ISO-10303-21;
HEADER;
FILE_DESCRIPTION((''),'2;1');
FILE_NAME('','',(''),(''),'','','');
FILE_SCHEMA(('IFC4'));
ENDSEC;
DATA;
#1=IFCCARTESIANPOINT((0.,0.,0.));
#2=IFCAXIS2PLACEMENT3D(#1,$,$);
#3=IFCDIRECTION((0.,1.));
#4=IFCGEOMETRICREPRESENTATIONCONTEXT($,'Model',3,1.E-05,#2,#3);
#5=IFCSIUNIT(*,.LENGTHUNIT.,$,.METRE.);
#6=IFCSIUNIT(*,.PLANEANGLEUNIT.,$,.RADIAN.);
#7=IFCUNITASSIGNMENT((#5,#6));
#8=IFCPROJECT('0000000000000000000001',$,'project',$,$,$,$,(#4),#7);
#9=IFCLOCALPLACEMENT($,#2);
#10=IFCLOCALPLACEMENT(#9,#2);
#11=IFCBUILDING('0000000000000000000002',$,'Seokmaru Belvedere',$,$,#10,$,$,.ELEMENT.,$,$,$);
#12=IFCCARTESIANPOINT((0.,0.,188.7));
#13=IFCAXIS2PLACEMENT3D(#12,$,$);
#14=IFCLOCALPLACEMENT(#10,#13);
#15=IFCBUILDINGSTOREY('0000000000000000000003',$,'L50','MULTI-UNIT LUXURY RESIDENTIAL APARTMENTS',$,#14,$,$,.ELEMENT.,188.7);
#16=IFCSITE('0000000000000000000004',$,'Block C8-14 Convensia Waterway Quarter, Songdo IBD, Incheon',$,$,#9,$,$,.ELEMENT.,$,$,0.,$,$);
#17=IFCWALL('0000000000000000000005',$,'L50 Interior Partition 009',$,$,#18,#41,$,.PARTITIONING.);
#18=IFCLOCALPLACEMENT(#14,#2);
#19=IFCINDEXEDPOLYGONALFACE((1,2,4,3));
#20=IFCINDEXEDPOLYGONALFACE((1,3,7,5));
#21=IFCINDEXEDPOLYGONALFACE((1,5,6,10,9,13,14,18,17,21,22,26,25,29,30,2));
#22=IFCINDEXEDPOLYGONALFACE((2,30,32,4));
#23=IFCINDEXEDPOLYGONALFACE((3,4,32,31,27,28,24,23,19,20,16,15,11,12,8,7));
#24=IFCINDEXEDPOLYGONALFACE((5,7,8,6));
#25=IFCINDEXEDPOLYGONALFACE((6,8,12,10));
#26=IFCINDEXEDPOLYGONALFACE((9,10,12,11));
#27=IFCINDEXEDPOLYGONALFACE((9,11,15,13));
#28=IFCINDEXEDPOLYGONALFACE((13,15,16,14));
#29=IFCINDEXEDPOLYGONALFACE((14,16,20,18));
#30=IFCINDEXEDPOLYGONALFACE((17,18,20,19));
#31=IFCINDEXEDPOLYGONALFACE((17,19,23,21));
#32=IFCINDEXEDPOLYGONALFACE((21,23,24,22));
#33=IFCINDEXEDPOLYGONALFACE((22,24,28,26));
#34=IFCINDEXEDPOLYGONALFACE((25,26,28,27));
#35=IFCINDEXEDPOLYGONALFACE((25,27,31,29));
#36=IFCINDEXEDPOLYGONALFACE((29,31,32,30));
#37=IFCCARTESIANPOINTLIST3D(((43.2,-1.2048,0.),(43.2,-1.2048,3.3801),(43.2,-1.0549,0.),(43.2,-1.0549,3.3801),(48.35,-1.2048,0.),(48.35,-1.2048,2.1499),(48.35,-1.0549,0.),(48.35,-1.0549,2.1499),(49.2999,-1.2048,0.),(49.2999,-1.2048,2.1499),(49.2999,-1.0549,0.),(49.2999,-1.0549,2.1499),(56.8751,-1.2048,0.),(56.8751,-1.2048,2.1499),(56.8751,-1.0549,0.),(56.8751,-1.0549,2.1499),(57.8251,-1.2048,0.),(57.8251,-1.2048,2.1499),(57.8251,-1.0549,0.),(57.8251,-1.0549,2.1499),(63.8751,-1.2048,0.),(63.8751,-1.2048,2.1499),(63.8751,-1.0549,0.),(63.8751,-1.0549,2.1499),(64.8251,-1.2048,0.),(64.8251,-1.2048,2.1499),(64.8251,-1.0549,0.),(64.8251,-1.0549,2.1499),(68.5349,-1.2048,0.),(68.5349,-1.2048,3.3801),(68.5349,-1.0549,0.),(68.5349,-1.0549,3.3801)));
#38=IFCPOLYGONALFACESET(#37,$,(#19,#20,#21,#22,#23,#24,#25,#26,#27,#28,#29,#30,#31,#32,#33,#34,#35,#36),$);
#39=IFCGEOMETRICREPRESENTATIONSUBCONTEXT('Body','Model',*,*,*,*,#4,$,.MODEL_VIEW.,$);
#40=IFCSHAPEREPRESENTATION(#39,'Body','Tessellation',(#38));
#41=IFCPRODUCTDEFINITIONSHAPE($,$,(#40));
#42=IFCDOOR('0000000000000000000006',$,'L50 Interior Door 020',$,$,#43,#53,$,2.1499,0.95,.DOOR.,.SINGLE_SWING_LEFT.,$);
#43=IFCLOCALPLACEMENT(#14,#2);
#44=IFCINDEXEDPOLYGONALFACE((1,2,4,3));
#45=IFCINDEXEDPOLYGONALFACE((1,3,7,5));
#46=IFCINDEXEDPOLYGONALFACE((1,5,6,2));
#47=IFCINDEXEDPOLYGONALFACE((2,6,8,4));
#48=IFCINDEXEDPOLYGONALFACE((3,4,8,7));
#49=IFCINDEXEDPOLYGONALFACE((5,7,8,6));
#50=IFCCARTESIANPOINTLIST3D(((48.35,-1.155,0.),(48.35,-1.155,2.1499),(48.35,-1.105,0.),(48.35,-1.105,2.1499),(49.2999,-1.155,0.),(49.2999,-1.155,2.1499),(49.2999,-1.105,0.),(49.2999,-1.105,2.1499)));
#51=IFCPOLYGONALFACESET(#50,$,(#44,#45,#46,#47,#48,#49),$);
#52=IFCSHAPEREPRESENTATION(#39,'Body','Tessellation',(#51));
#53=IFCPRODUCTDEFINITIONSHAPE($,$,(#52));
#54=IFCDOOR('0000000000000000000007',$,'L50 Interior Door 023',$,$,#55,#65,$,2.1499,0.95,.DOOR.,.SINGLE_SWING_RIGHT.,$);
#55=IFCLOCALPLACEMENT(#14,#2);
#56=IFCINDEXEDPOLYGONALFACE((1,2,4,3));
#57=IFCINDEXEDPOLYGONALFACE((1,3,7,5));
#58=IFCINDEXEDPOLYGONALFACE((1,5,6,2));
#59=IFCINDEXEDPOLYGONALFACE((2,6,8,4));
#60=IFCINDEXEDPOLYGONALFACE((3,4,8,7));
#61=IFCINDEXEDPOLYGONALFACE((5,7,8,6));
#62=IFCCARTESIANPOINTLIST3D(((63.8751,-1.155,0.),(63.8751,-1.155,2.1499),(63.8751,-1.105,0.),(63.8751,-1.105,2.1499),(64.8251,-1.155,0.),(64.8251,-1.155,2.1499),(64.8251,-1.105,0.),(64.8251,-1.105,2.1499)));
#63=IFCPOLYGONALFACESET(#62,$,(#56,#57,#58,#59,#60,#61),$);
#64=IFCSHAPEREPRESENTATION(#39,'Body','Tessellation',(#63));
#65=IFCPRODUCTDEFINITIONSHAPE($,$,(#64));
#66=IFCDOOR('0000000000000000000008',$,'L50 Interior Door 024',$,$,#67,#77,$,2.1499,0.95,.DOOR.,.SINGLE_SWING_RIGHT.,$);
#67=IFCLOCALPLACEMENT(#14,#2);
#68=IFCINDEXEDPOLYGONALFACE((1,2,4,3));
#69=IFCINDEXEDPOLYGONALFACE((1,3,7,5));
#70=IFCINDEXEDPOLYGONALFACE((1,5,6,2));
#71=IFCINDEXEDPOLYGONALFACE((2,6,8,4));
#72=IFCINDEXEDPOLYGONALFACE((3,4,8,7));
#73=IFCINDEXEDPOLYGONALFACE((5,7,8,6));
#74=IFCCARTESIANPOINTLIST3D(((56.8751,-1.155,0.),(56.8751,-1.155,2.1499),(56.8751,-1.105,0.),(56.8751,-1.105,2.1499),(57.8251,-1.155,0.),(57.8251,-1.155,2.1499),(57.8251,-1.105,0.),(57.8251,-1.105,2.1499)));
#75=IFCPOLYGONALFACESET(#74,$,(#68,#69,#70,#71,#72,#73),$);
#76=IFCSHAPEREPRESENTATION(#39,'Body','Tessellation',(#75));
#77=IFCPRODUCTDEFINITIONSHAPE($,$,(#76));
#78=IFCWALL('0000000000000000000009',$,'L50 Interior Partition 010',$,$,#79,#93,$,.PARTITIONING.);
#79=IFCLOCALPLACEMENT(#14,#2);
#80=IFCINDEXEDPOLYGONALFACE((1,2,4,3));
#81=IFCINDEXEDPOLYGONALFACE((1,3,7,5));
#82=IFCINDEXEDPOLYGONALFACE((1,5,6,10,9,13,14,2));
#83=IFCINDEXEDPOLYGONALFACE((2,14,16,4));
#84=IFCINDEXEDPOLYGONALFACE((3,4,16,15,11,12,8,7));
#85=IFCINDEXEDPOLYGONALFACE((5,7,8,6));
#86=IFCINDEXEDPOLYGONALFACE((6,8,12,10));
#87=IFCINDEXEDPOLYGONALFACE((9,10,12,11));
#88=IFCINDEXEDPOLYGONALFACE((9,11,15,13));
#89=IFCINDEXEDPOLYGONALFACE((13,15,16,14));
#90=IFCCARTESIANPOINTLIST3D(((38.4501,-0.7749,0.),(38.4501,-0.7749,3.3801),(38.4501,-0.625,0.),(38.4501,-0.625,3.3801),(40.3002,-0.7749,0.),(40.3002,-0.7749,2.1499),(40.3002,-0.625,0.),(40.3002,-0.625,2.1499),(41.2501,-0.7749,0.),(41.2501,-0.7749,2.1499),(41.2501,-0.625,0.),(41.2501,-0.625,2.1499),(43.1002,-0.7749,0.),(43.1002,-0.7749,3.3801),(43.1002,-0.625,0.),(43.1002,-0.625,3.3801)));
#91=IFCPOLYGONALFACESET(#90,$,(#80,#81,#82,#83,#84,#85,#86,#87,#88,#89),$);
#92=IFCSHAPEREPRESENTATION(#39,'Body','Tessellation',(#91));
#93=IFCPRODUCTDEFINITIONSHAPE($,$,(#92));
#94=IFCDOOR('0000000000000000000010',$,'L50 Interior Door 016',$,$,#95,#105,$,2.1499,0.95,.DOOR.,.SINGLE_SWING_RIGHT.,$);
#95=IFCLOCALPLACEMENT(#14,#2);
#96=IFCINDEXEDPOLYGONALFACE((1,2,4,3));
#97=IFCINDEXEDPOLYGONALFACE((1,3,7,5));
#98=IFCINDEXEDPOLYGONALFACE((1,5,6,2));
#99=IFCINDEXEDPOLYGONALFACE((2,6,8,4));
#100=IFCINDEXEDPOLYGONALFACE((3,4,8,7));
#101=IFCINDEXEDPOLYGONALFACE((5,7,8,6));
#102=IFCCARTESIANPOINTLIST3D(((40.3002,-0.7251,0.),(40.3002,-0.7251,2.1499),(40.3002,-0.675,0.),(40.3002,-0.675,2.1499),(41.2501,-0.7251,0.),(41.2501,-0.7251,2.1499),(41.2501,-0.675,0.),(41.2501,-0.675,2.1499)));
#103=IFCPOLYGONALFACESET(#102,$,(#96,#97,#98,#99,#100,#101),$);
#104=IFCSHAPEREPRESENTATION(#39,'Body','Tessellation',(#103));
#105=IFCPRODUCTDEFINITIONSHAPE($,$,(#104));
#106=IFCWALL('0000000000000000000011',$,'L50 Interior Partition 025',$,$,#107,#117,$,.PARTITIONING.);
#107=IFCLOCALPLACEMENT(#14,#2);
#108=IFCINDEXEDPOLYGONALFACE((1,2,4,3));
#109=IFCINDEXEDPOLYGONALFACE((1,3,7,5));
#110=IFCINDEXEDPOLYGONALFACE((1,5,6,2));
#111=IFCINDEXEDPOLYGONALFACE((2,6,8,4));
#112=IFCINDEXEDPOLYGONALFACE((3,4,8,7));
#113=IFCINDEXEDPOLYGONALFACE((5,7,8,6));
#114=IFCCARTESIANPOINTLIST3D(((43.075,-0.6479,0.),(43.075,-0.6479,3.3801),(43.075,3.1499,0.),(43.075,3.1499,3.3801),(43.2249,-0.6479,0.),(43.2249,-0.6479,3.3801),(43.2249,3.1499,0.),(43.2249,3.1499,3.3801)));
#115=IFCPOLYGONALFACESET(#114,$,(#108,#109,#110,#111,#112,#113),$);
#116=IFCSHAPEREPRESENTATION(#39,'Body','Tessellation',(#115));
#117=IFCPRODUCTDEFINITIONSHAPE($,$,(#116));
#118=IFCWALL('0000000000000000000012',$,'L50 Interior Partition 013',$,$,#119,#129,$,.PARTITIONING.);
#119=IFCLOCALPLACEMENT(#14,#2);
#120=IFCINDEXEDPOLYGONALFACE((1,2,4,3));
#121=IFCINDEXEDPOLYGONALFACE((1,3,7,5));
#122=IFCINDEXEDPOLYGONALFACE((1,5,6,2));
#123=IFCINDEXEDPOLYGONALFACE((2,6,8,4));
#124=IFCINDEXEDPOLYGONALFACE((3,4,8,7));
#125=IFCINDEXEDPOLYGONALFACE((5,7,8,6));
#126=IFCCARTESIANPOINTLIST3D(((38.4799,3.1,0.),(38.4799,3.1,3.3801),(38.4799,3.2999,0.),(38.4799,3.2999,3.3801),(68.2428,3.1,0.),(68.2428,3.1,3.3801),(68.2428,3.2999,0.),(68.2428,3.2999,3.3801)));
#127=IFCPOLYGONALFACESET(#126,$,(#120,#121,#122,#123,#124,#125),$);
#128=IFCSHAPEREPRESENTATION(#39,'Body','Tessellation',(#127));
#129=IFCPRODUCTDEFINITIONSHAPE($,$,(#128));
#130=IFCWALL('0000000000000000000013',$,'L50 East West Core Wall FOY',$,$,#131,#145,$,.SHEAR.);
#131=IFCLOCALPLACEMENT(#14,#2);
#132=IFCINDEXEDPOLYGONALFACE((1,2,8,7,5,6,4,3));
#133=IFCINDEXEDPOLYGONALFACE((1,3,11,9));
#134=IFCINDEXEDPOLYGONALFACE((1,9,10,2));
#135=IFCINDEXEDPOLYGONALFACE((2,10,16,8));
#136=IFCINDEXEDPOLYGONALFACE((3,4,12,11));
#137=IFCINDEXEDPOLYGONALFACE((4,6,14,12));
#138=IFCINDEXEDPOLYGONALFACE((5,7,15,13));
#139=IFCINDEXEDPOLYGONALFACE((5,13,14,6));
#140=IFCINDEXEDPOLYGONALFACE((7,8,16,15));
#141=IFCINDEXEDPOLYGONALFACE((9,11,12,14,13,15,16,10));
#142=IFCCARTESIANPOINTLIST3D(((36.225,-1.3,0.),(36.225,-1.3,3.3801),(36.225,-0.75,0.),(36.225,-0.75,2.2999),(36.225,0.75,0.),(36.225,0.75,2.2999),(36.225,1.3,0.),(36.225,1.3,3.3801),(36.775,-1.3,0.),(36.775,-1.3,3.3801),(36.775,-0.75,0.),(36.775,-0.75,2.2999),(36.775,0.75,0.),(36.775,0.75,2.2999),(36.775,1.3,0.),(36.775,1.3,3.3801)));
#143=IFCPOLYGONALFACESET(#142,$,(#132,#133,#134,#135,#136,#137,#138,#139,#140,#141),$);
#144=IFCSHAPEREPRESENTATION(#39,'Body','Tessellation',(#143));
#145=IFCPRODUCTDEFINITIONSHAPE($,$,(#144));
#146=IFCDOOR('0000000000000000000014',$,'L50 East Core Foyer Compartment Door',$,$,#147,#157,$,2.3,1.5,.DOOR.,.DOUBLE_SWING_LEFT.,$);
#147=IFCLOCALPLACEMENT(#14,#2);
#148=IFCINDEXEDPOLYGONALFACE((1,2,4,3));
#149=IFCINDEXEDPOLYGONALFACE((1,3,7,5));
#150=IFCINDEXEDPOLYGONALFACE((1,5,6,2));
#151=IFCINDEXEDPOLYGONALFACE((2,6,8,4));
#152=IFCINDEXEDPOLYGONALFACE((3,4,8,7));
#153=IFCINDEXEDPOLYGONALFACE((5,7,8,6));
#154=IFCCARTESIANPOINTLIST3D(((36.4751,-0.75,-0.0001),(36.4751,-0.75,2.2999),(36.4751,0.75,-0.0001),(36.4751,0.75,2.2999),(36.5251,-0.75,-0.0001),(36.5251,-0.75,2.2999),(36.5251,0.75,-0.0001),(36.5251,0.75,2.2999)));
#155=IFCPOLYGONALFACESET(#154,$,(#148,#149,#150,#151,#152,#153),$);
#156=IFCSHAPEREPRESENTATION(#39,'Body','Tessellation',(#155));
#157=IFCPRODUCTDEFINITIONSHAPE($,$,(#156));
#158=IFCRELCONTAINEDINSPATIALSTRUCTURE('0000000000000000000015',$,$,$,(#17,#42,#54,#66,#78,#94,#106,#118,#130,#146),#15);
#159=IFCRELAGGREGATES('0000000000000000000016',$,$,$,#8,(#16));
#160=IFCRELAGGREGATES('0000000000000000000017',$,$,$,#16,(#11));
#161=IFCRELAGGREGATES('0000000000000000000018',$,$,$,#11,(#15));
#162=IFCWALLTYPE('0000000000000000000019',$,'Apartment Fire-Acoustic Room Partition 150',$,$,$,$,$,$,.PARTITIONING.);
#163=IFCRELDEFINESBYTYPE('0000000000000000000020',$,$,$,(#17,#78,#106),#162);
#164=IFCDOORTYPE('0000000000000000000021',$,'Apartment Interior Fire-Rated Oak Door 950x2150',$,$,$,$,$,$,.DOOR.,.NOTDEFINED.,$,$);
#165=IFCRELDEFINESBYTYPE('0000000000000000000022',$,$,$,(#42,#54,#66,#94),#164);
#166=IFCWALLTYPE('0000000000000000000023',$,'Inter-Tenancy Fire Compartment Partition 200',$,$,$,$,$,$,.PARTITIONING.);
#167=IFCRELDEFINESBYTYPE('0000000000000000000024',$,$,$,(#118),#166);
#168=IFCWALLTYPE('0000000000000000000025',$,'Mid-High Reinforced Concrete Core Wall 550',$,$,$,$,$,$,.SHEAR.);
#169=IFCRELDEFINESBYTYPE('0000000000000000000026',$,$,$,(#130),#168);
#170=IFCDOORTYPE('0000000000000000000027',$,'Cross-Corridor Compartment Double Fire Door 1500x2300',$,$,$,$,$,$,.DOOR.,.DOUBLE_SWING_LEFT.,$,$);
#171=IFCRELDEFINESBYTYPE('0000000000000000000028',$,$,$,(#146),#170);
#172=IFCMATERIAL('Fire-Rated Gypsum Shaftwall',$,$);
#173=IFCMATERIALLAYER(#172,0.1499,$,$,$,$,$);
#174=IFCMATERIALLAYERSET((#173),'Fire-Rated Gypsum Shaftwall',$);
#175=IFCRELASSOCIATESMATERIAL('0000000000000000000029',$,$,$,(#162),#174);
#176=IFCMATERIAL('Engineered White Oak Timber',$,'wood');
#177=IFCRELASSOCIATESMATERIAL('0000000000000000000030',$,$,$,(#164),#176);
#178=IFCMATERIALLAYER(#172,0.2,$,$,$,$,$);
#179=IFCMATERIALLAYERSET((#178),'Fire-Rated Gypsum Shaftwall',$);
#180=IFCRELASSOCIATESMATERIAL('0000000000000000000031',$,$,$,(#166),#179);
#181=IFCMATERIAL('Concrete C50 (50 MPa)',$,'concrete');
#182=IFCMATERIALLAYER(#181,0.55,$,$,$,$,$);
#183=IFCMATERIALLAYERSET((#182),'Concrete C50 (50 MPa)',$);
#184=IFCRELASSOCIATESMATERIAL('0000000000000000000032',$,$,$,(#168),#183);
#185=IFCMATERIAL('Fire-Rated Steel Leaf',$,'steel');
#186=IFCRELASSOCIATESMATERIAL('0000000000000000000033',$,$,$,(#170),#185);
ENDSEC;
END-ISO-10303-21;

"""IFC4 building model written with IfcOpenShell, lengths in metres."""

from ifc_helpers import new_model, si_unit, direction, frame, frame_2d, origin, place, context, subcontext, project, spatial, rectangle, extrude, source, transform, mapped, material, layer, layer_set, type_object, type_shapes, element, fill, save


model = new_model("IFC4")

# Units and contexts
model_context = context("Model", 3, precision=1e-05, world=origin(), true_north=direction((0.0, 1.0)))
body_context = subcontext(model_context, "Body", "Model", "MODEL_VIEW")
ifc_project = project(units=[si_unit("LENGTHUNIT", "METRE"), si_unit("PLANEANGLEUNIT", "RADIAN")], contexts=[model_context])

# Site, building, storey
site_placement = place(None, origin())
site = spatial("IfcSite", under=ifc_project, at=site_placement, Name="Block C8-14 Convensia Waterway Quarter, Songdo IBD, Incheon", CompositionType="ELEMENT", RefElevation=0.0)
building_placement = place(site_placement, origin())
building = spatial("IfcBuilding", under=site, at=building_placement, Name="Seokmaru Belvedere", CompositionType="ELEMENT")
storey_placement = place(building_placement, frame((0.0, 0.0, 188.7)))
storey = spatial("IfcBuildingStorey", under=building, at=storey_placement, Name="L50", Description="MULTI-UNIT LUXURY RESIDENTIAL APARTMENTS", CompositionType="ELEMENT", Elevation=188.7)

# Wall, openings, doors
ifc_material_1 = material(Name="Fire-Rated Gypsum Shaftwall")
ifc_layer_1 = layer(ifc_material_1, 0.1499)
ifc_layer_set_1 = layer_set([ifc_layer_1], Name="Fire-Rated Gypsum Shaftwall")
wall_type_1 = type_object("IfcWallType", Name="Apartment Fire-Acoustic Room Partition 150", PredefinedType="PARTITIONING", material=ifc_layer_set_1)
wall_1_placement = place(storey_placement, frame((43.2, -1.1299, 0.0), z_axis=(0.0, 0.0, 1.0), x_axis=(1.0, 0.0, 0.0)))
wall_1 = element("IfcWall", 1, at=wall_1_placement, inside=storey, type_object=wall_type_1, Name="L50 Interior Partition 009", PredefinedType="PARTITIONING", context=body_context, shape_type="SweptSolid", body=[
    extrude(rectangle(XDim=25.335, YDim=0.1499, at=frame_2d((12.6675, 0.0))), origin(), (0.0, 0.0, 1.0), 3.3801),
])
opening_1_placement = place(wall_1_placement, frame((5.1499, 0.0, 0.0)))
opening_1 = element("IfcOpeningElement", 2, at=opening_1_placement, cuts=wall_1, PredefinedType="OPENING", context=body_context, shape_type="SweptSolid", body=[
    extrude(rectangle(XDim=0.95, YDim=2.1499, at=frame_2d((0.4751, 1.075))), frame((0.0, 0.085, 0.0), z_axis=(0.0, -1.0, 0.0), x_axis=(1.0, 0.0, 0.0)), (0.0, 0.0, 1.0), 0.1699),
])
opening_2_placement = place(wall_1_placement, frame((20.675, 0.0, 0.0)))
opening_2 = element("IfcOpeningElement", 3, at=opening_2_placement, cuts=wall_1, PredefinedType="OPENING", context=body_context, shape_type="SweptSolid", body=[
    extrude(rectangle(XDim=0.95, YDim=2.1499, at=frame_2d((0.4751, 1.075))), frame((0.0, 0.085, 0.0), z_axis=(0.0, -1.0, 0.0), x_axis=(1.0, 0.0, 0.0)), (0.0, 0.0, 1.0), 0.1699),
])
opening_3_placement = place(wall_1_placement, frame((13.675, 0.0, 0.0)))
opening_3 = element("IfcOpeningElement", 4, at=opening_3_placement, cuts=wall_1, PredefinedType="OPENING", context=body_context, shape_type="SweptSolid", body=[
    extrude(rectangle(XDim=0.95, YDim=2.1499, at=frame_2d((0.4751, 1.075))), frame((0.0, 0.085, 0.0), z_axis=(0.0, -1.0, 0.0), x_axis=(1.0, 0.0, 0.0)), (0.0, 0.0, 1.0), 0.1699),
])
ifc_material_2 = material(Name="Engineered White Oak Timber", Category="wood")
door_type_1 = type_object("IfcDoorType", Name="Apartment Interior Fire-Rated Oak Door 950x2150", OperationType="NOTDEFINED", PredefinedType="DOOR", material=ifc_material_2)
shared_shape_1 = source(origin(), body_context, "Body", "SweptSolid", [
    extrude(rectangle(XDim=0.95, YDim=2.1499, at=frame_2d((0.4751, 1.075))), frame((0.0, 0.0249, 0.0), z_axis=(0.0, -1.0, 0.0), x_axis=(1.0, 0.0, 0.0)), (0.0, 0.0, 1.0), 0.05),
])
type_shapes(door_type_1, [shared_shape_1])
door_1_placement = place(opening_1_placement, origin())
door_1 = element("IfcDoor", 5, at=door_1_placement, inside=storey, type_object=door_type_1, Name="L50 Interior Door 020", OperationType="SINGLE_SWING_LEFT", OverallHeight=2.1499, OverallWidth=0.95, PredefinedType="DOOR", context=body_context, shape_type="MappedRepresentation", body=[
    mapped(shared_shape_1, transform((0.0, 0.0, 0.0), scale=1.0)),
])
fill(opening_1, door_1)
door_2_placement = place(opening_2_placement, origin())
door_2 = element("IfcDoor", 6, at=door_2_placement, inside=storey, type_object=door_type_1, Name="L50 Interior Door 023", OperationType="SINGLE_SWING_RIGHT", OverallHeight=2.1499, OverallWidth=0.95, PredefinedType="DOOR", context=body_context, shape_type="MappedRepresentation", body=[
    mapped(shared_shape_1, transform((0.0, 0.0, 0.0), scale=1.0)),
])
fill(opening_2, door_2)
door_3_placement = place(opening_3_placement, origin())
door_3 = element("IfcDoor", 7, at=door_3_placement, inside=storey, type_object=door_type_1, Name="L50 Interior Door 024", OperationType="SINGLE_SWING_RIGHT", OverallHeight=2.1499, OverallWidth=0.95, PredefinedType="DOOR", context=body_context, shape_type="MappedRepresentation", body=[
    mapped(shared_shape_1, transform((0.0, 0.0, 0.0), scale=1.0)),
])
fill(opening_3, door_3)

# Wall, opening, door
wall_2_placement = place(storey_placement, frame((38.45, -0.7, 0.0), z_axis=(0.0, 0.0, 1.0), x_axis=(1.0, 0.0, 0.0)))
wall_2 = element("IfcWall", 8, at=wall_2_placement, inside=storey, type_object=wall_type_1, Name="L50 Interior Partition 010", PredefinedType="PARTITIONING", context=body_context, shape_type="SweptSolid", body=[
    extrude(rectangle(XDim=4.6501, YDim=0.1499, at=frame_2d((2.3252, 0.0))), origin(), (0.0, 0.0, 1.0), 3.3801),
])
opening_4_placement = place(wall_2_placement, frame((1.8501, 0.0, 0.0)))
opening_4 = element("IfcOpeningElement", 9, at=opening_4_placement, cuts=wall_2, PredefinedType="OPENING", context=body_context, shape_type="SweptSolid", body=[
    extrude(rectangle(XDim=0.95, YDim=2.1499, at=frame_2d((0.4751, 1.075))), frame((0.0, 0.085, 0.0), z_axis=(0.0, -1.0, 0.0), x_axis=(1.0, 0.0, 0.0)), (0.0, 0.0, 1.0), 0.1699),
])
door_4_placement = place(opening_4_placement, origin())
door_4 = element("IfcDoor", 10, at=door_4_placement, inside=storey, type_object=door_type_1, Name="L50 Interior Door 016", OperationType="SINGLE_SWING_RIGHT", OverallHeight=2.1499, OverallWidth=0.95, PredefinedType="DOOR", context=body_context, shape_type="MappedRepresentation", body=[
    mapped(shared_shape_1, transform((0.0, 0.0, 0.0), scale=1.0)),
])
fill(opening_4, door_4)

# Walls
wall_3_placement = place(storey_placement, frame((43.1499, -0.6479, 0.0), z_axis=(0.0, 0.0, 1.0), x_axis=(0.0, 1.0, 0.0)))
element("IfcWall", 11, at=wall_3_placement, inside=storey, type_object=wall_type_1, Name="L50 Interior Partition 025", PredefinedType="PARTITIONING", context=body_context, shape_type="SweptSolid", body=[
    extrude(rectangle(XDim=3.7979, YDim=0.1499, at=frame_2d((1.8989, 0.0))), origin(), (0.0, 0.0, 1.0), 3.3801),
])
ifc_layer_2 = layer(ifc_material_1, 0.2)
ifc_layer_set_2 = layer_set([ifc_layer_2], Name="Fire-Rated Gypsum Shaftwall")
wall_type_2 = type_object("IfcWallType", Name="Inter-Tenancy Fire Compartment Partition 200", PredefinedType="PARTITIONING", material=ifc_layer_set_2)
wall_4_placement = place(storey_placement, frame((38.48, 3.2, 0.0), z_axis=(0.0, 0.0, 1.0), x_axis=(1.0, 0.0, 0.0)))
element("IfcWall", 12, at=wall_4_placement, inside=storey, type_object=wall_type_2, Name="L50 Interior Partition 013", PredefinedType="PARTITIONING", context=body_context, shape_type="SweptSolid", body=[
    extrude(rectangle(XDim=29.7629, YDim=0.2, at=frame_2d((14.8813, 0.0))), origin(), (0.0, 0.0, 1.0), 3.3801),
])

# Wall, opening, door
ifc_material_3 = material(Name="Concrete C50 (50 MPa)", Category="concrete")
ifc_layer_3 = layer(ifc_material_3, 0.55)
ifc_layer_set_3 = layer_set([ifc_layer_3], Name="Concrete C50 (50 MPa)")
wall_type_3 = type_object("IfcWallType", Name="Mid-High Reinforced Concrete Core Wall 550", PredefinedType="SHEAR", material=ifc_layer_set_3)
wall_5_placement = place(storey_placement, frame((36.5, -1.3, 0.0), z_axis=(0.0, 0.0, 1.0), x_axis=(0.0, 1.0, 0.0)))
wall_5 = element("IfcWall", 13, at=wall_5_placement, inside=storey, type_object=wall_type_3, Name="L50 East West Core Wall FOY", PredefinedType="SHEAR", context=body_context, shape_type="SweptSolid", body=[
    extrude(rectangle(XDim=2.6001, YDim=0.55, at=frame_2d((1.3, 0.0))), origin(), (0.0, 0.0, 1.0), 3.3801),
])
opening_5_placement = place(wall_5_placement, frame((0.55, 0.0, 0.0)))
opening_5 = element("IfcOpeningElement", 14, at=opening_5_placement, cuts=wall_5, PredefinedType="OPENING", context=body_context, shape_type="SweptSolid", body=[
    extrude(rectangle(XDim=1.5, YDim=2.3, at=frame_2d((0.75, 1.1499))), frame((0.0, 0.2852, 0.0), z_axis=(0.0, -1.0, 0.0), x_axis=(1.0, 0.0, 0.0)), (0.0, 0.0, 1.0), 0.5701),
])
ifc_material_4 = material(Name="Fire-Rated Steel Leaf", Category="steel")
door_type_2 = type_object("IfcDoorType", Name="Cross-Corridor Compartment Double Fire Door 1500x2300", OperationType="DOUBLE_SWING_LEFT", PredefinedType="DOOR", material=ifc_material_4)
shared_shape_2 = source(origin(), body_context, "Body", "SweptSolid", [
    extrude(rectangle(XDim=1.5, YDim=2.3, at=frame_2d((0.75, 1.1499))), frame((0.0, 0.0249, 0.0), z_axis=(0.0, -1.0, 0.0), x_axis=(1.0, 0.0, 0.0)), (0.0, 0.0, 1.0), 0.05),
])
type_shapes(door_type_2, [shared_shape_2])
door_5_placement = place(opening_5_placement, origin())
door_5 = element("IfcDoor", 15, at=door_5_placement, inside=storey, type_object=door_type_2, Name="L50 East Core Foyer Compartment Door", OperationType="DOUBLE_SWING_LEFT", OverallHeight=2.3, OverallWidth=1.5, PredefinedType="DOOR", context=body_context, shape_type="MappedRepresentation", body=[
    mapped(shared_shape_2, transform((0.0, 0.0, 0.0), scale=1.0)),
])
fill(opening_5, door_5)

save(model, "model.ifc")
